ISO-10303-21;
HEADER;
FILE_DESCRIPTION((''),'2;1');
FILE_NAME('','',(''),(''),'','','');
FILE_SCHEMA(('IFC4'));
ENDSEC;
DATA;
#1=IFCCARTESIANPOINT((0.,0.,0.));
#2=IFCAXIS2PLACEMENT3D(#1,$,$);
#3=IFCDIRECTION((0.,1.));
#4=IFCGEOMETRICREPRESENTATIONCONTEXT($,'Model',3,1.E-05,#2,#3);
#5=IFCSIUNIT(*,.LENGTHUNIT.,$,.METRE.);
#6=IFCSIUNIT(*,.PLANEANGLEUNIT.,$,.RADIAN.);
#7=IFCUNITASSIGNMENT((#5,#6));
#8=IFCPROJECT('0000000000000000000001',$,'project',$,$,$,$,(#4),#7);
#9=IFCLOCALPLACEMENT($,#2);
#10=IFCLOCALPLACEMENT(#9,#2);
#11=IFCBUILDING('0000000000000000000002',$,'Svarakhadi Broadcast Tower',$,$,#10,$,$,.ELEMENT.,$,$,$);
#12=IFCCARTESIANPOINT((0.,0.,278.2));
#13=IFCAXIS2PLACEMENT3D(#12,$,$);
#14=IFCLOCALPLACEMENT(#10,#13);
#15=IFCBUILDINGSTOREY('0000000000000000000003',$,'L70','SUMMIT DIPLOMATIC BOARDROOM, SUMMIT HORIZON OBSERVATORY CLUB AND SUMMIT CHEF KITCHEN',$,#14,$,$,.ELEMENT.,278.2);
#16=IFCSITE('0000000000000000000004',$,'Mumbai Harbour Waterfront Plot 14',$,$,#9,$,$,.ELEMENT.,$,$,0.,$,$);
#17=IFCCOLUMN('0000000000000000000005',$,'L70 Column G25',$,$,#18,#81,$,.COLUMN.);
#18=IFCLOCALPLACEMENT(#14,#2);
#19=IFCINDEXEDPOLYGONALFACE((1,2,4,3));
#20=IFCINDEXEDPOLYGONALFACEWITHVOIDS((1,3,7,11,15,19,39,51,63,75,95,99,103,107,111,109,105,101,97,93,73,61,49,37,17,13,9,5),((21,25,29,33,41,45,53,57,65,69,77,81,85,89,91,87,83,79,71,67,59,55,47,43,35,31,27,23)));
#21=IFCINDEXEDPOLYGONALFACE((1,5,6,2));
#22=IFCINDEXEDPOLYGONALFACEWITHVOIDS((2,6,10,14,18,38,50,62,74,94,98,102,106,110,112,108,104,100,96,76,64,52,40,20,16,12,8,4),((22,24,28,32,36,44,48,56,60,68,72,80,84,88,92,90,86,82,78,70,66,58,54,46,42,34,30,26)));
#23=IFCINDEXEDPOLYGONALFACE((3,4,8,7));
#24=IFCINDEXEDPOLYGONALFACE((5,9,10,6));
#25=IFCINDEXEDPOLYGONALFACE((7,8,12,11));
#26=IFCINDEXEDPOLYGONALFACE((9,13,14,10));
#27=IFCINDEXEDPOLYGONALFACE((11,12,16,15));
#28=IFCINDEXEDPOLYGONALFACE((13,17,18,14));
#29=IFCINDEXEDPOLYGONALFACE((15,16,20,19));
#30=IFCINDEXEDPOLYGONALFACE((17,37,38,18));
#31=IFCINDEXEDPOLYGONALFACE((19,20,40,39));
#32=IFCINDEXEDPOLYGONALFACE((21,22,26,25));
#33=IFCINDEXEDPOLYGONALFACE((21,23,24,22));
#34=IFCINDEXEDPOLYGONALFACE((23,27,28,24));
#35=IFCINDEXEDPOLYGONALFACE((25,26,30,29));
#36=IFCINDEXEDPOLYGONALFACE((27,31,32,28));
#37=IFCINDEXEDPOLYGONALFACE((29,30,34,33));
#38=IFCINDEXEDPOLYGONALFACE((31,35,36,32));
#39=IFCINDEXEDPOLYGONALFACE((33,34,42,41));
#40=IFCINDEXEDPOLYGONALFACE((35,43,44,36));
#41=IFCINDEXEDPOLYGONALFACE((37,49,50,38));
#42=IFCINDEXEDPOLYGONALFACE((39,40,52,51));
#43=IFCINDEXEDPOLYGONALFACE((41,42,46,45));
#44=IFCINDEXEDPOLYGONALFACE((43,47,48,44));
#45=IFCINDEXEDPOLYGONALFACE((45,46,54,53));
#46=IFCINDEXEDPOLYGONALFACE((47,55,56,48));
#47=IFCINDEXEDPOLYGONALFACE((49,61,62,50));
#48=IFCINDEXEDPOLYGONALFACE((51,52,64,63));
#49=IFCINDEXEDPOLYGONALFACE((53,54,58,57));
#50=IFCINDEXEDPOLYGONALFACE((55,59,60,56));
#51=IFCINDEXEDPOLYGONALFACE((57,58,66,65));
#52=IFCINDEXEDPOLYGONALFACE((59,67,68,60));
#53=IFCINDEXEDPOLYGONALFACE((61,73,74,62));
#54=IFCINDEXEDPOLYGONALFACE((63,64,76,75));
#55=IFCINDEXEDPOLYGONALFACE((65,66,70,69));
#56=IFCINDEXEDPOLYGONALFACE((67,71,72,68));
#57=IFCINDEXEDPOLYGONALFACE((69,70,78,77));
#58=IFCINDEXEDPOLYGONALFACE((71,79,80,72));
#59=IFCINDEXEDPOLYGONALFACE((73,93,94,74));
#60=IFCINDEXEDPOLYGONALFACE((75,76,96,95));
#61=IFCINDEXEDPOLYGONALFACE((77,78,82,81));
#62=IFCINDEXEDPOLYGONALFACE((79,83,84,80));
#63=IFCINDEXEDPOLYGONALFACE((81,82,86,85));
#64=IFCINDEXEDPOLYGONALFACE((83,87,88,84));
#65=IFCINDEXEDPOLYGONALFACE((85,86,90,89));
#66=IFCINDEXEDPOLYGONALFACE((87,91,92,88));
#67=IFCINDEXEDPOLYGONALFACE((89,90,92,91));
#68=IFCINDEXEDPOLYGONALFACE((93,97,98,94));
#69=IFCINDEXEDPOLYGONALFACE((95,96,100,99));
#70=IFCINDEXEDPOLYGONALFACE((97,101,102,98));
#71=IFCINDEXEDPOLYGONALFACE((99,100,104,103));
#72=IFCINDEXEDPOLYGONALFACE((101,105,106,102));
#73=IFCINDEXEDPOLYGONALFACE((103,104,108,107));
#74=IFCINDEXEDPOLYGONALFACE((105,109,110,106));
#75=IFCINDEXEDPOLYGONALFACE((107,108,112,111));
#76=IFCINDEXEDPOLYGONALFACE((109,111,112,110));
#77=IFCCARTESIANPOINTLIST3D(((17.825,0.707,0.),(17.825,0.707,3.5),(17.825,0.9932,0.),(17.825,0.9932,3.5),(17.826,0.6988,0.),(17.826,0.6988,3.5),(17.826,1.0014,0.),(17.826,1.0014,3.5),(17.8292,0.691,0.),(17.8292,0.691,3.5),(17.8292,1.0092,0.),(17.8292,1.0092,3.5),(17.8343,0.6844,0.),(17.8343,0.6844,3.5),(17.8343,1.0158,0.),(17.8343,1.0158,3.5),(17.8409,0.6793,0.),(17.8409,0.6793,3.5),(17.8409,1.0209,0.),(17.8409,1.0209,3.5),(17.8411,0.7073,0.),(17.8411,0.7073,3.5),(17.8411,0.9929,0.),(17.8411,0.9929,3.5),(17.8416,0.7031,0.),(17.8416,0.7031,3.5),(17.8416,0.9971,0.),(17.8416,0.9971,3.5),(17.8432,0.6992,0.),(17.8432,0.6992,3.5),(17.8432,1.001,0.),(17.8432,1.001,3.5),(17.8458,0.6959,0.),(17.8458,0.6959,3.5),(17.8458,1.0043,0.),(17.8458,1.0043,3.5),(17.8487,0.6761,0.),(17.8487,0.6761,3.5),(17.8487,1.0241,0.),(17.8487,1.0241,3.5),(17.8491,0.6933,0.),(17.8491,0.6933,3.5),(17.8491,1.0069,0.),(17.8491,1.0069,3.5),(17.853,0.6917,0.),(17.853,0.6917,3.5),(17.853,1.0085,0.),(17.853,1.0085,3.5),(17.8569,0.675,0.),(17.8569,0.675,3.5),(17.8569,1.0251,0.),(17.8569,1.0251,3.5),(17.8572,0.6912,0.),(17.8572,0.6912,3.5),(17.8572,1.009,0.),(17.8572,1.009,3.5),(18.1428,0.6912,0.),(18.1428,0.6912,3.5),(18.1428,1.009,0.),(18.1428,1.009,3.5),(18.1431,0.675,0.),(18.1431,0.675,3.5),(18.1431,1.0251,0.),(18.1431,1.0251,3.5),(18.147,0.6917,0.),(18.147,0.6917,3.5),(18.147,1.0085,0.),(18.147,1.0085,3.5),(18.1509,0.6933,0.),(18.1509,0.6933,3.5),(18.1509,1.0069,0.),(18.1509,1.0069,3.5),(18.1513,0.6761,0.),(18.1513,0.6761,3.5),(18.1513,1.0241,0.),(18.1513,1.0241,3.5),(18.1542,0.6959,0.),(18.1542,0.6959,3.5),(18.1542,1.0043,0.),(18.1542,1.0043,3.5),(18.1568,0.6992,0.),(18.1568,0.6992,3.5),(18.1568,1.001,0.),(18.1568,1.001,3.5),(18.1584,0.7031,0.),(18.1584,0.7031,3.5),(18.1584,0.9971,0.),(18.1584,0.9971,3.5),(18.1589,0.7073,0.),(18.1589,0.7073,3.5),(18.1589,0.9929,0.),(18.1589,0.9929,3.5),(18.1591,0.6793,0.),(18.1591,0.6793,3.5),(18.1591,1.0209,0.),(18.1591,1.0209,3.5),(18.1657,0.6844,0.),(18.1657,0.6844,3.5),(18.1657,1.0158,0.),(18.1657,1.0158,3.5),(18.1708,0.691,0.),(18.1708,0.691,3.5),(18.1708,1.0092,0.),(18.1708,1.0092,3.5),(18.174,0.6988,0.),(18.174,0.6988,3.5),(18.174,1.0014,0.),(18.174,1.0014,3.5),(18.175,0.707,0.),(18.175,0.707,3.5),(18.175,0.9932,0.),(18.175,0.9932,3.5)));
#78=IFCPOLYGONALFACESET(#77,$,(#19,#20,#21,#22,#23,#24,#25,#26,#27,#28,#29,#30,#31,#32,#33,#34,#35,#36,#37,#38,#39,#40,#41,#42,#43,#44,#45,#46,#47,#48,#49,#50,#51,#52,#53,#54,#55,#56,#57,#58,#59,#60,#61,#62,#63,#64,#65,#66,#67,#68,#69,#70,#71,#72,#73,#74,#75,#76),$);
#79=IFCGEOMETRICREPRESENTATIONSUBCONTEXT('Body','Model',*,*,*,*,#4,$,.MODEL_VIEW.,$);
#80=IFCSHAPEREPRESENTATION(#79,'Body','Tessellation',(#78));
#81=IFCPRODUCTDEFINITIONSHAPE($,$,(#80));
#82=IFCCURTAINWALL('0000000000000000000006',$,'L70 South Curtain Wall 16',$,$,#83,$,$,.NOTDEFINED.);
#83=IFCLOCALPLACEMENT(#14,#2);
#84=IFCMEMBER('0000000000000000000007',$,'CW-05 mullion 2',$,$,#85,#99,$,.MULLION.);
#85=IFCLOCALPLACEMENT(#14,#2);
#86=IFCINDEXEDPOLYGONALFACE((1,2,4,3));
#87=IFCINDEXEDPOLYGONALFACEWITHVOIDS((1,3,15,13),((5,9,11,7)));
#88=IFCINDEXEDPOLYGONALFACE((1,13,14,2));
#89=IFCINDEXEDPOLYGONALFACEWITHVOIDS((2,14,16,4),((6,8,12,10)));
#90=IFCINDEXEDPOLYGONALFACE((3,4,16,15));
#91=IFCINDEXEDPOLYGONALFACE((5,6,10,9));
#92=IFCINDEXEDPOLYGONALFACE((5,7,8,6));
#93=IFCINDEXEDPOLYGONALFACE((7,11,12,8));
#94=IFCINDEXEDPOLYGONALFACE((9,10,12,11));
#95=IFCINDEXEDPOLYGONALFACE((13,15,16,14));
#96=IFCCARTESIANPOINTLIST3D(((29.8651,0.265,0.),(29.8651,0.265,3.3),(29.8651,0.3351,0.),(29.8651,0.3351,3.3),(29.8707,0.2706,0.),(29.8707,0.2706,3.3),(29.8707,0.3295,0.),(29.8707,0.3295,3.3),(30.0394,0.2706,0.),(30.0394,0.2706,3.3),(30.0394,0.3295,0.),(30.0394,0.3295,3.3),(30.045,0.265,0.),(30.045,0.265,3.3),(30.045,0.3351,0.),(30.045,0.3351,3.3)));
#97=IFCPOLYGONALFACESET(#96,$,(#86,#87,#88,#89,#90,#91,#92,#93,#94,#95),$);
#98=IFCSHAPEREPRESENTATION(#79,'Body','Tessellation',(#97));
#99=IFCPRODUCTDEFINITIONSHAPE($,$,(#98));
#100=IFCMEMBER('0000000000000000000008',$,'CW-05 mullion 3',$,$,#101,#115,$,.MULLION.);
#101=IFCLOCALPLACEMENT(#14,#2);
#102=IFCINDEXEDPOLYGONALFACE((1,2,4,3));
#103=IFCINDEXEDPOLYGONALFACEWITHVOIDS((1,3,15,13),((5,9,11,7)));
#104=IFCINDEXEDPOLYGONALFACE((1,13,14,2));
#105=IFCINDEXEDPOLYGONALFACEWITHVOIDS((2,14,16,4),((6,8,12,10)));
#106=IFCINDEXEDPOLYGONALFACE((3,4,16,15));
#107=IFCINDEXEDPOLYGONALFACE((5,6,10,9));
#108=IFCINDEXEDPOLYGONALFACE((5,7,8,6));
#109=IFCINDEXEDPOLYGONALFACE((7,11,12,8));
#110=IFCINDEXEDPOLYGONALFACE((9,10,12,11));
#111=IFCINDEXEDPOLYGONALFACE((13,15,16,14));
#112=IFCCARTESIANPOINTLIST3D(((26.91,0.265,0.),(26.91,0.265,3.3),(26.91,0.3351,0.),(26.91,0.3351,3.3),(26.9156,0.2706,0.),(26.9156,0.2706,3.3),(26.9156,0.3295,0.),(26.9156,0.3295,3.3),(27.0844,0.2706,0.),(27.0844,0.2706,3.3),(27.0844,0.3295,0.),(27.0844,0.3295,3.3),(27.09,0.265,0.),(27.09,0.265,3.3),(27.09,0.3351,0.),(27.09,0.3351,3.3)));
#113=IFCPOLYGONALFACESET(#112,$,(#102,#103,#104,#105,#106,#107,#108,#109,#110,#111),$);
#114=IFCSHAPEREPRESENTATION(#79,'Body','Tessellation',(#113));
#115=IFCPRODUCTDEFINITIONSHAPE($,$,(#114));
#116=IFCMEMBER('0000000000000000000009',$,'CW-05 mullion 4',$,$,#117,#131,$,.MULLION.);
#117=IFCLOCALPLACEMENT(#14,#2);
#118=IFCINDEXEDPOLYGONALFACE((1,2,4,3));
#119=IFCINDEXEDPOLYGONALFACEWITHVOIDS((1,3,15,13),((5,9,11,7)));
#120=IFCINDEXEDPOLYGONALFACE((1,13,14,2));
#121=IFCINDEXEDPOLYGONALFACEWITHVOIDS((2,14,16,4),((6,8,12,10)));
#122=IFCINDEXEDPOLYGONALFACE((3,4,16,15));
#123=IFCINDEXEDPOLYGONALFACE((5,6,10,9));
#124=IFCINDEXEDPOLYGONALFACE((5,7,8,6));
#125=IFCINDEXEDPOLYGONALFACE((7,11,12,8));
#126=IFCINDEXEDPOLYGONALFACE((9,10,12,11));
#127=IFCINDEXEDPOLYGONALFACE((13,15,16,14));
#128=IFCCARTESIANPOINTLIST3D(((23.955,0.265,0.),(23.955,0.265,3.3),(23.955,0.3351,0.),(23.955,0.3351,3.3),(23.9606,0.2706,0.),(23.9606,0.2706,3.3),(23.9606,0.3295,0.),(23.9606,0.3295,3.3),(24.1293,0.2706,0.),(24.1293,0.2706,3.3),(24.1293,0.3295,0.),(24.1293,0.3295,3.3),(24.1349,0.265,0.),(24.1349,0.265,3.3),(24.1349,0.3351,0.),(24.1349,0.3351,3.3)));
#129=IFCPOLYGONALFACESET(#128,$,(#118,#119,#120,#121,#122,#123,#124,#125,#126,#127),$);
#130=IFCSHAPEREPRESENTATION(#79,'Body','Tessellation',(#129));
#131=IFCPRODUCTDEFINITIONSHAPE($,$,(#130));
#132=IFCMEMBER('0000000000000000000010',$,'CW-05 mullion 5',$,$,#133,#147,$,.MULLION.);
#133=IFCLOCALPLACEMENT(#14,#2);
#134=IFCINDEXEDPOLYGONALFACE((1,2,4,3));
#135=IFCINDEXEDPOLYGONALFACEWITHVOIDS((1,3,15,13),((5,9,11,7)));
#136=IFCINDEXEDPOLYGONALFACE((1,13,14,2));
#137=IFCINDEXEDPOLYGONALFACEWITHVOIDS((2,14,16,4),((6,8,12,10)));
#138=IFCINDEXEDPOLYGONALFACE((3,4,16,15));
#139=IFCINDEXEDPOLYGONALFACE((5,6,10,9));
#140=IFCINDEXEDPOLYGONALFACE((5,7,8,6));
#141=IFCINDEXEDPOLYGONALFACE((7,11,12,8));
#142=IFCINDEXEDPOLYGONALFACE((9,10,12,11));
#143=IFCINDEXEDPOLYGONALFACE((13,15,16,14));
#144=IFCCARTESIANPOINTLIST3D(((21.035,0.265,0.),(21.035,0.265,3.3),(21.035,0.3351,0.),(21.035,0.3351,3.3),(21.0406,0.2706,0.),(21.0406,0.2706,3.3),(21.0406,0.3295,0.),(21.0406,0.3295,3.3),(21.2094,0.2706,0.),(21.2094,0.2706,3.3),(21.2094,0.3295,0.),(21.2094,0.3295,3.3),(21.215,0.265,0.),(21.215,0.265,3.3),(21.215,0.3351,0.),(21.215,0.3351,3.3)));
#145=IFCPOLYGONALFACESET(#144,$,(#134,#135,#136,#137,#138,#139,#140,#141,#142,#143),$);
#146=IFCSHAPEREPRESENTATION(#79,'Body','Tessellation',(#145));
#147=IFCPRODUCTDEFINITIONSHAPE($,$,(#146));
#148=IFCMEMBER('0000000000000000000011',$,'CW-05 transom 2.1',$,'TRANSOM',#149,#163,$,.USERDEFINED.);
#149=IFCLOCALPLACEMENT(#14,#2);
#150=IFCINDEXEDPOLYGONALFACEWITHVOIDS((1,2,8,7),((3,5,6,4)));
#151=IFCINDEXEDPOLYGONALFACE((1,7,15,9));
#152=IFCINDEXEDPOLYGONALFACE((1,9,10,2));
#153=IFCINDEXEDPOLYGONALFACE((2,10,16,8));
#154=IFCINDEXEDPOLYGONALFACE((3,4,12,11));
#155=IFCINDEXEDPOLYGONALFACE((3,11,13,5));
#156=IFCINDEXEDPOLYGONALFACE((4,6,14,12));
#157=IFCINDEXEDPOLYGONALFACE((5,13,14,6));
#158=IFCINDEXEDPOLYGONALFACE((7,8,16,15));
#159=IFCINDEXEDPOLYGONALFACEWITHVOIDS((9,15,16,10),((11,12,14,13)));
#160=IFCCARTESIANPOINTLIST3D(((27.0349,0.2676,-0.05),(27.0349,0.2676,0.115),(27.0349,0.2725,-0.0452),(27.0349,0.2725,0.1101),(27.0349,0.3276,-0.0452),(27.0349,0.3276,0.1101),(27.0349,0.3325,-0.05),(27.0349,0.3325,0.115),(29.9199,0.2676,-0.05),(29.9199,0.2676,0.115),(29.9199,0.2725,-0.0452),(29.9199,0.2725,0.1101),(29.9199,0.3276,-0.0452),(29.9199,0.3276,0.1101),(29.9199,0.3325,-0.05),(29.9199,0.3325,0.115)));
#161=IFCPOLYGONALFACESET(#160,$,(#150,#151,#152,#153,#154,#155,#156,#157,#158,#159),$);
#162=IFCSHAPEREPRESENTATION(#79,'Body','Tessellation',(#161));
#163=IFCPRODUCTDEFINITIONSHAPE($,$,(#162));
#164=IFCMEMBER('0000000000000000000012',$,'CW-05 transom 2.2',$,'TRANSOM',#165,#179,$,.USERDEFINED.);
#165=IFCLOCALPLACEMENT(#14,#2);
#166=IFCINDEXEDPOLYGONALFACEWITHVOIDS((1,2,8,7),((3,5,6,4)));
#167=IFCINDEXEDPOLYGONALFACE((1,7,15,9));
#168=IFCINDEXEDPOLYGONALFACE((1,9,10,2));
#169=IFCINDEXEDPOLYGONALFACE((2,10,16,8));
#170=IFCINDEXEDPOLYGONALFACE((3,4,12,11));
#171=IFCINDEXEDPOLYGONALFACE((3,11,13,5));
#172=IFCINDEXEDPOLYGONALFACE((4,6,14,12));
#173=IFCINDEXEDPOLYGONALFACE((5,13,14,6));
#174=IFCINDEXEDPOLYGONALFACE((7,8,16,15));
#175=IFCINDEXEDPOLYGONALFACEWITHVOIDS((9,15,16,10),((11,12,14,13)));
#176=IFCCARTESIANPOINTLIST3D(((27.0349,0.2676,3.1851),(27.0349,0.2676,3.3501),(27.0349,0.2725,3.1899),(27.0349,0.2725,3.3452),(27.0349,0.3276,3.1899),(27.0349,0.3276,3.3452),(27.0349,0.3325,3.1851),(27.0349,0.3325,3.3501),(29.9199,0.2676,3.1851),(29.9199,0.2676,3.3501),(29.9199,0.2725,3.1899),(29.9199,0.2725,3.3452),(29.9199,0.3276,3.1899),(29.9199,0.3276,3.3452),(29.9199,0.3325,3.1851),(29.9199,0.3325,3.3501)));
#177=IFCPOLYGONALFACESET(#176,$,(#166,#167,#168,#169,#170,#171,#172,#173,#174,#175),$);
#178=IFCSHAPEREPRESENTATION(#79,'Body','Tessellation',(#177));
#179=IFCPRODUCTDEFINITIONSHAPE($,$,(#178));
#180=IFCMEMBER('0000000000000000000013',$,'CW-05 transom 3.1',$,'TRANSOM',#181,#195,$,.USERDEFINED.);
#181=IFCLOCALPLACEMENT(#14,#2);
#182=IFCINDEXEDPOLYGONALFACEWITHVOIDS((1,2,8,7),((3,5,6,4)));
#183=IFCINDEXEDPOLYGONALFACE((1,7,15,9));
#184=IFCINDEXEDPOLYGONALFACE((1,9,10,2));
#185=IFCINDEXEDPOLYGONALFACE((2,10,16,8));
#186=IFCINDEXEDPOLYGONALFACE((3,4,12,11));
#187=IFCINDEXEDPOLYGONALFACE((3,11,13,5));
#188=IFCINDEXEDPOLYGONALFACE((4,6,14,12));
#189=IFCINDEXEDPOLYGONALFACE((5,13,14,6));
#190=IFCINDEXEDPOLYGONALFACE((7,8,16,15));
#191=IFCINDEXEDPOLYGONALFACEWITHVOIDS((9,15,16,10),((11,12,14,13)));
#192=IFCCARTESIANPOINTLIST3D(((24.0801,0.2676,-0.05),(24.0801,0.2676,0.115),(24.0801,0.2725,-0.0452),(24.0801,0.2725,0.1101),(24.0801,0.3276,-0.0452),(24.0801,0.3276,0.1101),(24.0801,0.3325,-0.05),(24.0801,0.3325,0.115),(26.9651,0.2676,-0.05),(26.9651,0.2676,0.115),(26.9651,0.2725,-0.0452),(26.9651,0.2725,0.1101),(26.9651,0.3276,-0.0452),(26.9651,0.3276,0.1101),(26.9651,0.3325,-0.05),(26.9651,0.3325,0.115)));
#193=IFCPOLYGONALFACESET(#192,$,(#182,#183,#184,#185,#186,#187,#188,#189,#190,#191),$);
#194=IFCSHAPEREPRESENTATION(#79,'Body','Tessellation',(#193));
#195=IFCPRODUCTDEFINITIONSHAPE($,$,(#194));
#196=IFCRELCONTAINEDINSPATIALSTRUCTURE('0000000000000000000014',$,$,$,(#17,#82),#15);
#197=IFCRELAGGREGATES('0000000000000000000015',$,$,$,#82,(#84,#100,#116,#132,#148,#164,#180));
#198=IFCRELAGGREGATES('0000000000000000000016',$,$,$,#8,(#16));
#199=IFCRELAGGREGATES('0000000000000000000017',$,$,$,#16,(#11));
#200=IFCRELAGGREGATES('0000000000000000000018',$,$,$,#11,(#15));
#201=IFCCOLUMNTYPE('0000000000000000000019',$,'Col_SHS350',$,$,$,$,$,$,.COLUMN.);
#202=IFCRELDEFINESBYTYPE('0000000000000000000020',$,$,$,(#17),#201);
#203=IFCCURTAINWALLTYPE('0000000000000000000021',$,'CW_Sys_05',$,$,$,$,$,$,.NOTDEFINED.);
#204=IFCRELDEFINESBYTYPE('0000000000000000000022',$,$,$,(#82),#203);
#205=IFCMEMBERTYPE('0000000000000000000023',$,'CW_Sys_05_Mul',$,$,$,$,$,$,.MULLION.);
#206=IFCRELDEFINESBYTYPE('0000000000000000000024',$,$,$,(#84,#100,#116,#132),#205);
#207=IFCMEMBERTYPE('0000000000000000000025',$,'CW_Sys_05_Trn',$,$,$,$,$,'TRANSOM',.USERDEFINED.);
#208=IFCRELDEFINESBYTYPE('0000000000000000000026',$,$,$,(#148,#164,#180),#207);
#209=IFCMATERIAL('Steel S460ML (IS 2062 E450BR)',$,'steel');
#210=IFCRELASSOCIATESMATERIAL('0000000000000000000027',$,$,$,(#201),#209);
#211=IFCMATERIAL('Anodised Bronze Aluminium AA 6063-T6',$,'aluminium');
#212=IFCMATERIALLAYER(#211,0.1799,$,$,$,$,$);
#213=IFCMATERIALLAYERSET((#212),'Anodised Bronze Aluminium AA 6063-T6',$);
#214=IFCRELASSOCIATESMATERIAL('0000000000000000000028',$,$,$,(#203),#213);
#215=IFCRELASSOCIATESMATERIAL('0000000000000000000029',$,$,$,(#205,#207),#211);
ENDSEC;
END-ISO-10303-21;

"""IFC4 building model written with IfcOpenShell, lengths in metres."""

from ifc_helpers import new_model, si_unit, direction, frame, origin, origin_2d, place, context, subcontext, project, spatial, hollow_rectangle, extrude, material, layer, layer_set, material_profile, profile_set, type_object, element, aggregate, save


model = new_model("IFC4")

# Units and contexts
model_context = context("Model", 3, precision=1e-05, world=origin(), true_north=direction((0.0, 1.0)))
body_context = subcontext(model_context, "Body", "Model", "MODEL_VIEW")
ifc_project = project(units=[si_unit("LENGTHUNIT", "METRE"), si_unit("PLANEANGLEUNIT", "RADIAN")], contexts=[model_context])

# Site, building, storey
site_placement = place(None, origin())
site = spatial("IfcSite", under=ifc_project, at=site_placement, Name="Mumbai Harbour Waterfront Plot 14", CompositionType="ELEMENT", RefElevation=0.0)
building_placement = place(site_placement, origin())
building = spatial("IfcBuilding", under=site, at=building_placement, Name="Svarakhadi Broadcast Tower", CompositionType="ELEMENT")
storey_placement = place(building_placement, frame((0.0, 0.0, 278.2)))
storey = spatial("IfcBuildingStorey", under=building, at=storey_placement, Name="L70", Description="SUMMIT DIPLOMATIC BOARDROOM, SUMMIT HORIZON OBSERVATORY CLUB AND SUMMIT CHEF KITCHEN", CompositionType="ELEMENT", Elevation=278.2)

# Column
ifc_material_1 = material(Name="Steel S460ML (IS 2062 E450BR)", Category="steel")
ifc_material_profile_1 = material_profile(ifc_material_1, hollow_rectangle(XDim=0.3501, YDim=0.3501, WallThickness=0.0161, InnerFilletRadius=0.0161, OuterFilletRadius=0.032, at=origin_2d()), Name="SHS 350x350x16")
ifc_profile_set_1 = profile_set([ifc_material_profile_1], Name="Steel S460ML (IS 2062 E450BR)")
column_type = type_object("IfcColumnType", Name="Col_SHS350", PredefinedType="COLUMN", material=ifc_profile_set_1)
column_placement = place(storey_placement, frame((18.0, 0.8501, 0.0), z_axis=(0.0, 0.0, 1.0), x_axis=(1.0, 0.0, 0.0)))
element("IfcColumn", 1, at=column_placement, inside=storey, type_object=column_type, Name="L70 Column G25", PredefinedType="COLUMN", context=body_context, shape_type="SweptSolid", body=[
    extrude(hollow_rectangle(XDim=0.3501, YDim=0.3501, WallThickness=0.0161, InnerFilletRadius=0.0161, OuterFilletRadius=0.032, at=origin_2d()), origin(), (0.0, 0.0, 1.0), 3.5),
])

# Curtain wall, members
ifc_material_2 = material(Name="Anodised Bronze Aluminium AA 6063-T6", Category="aluminium")
ifc_layer_1 = layer(ifc_material_2, 0.1799)
ifc_layer_set_1 = layer_set([ifc_layer_1], Name="Anodised Bronze Aluminium AA 6063-T6")
curtain_wall_type = type_object("IfcCurtainWallType", Name="CW_Sys_05", PredefinedType="NOTDEFINED", material=ifc_layer_set_1)
curtain_wall_placement = place(storey_placement, origin())
curtain_wall = element("IfcCurtainWall", 2, at=curtain_wall_placement, inside=storey, type_object=curtain_wall_type, Name="L70 South Curtain Wall 16", PredefinedType="NOTDEFINED")
ifc_material_profile_2 = material_profile(ifc_material_2, hollow_rectangle(XDim=0.0701, YDim=0.1799, WallThickness=0.0056, at=origin_2d()), Name="ALU MULLION 180x70x6")
ifc_profile_set_2 = profile_set([ifc_material_profile_2], Name="Anodised Bronze Aluminium AA 6063-T6")
member_type_1 = type_object("IfcMemberType", Name="CW_Sys_05_Mul", PredefinedType="MULLION", material=ifc_profile_set_2)
member_1_placement = place(storey_placement, frame((29.9551, 0.3, 0.0), z_axis=(0.0, 0.0, 1.0), x_axis=(0.0, -1.0, 0.0)))
member_1 = element("IfcMember", 3, at=member_1_placement, type_object=member_type_1, Name="CW-05 mullion 2", PredefinedType="MULLION", context=body_context, shape_type="SweptSolid", body=[
    extrude(hollow_rectangle(XDim=0.0701, YDim=0.1799, WallThickness=0.0056, at=origin_2d()), origin(), (0.0, 0.0, 1.0), 3.3),
])
member_2_placement = place(storey_placement, frame((27.0, 0.3, 0.0), z_axis=(0.0, 0.0, 1.0), x_axis=(0.0, -1.0, 0.0)))
member_2 = element("IfcMember", 4, at=member_2_placement, type_object=member_type_1, Name="CW-05 mullion 3", PredefinedType="MULLION", context=body_context, shape_type="SweptSolid", body=[
    extrude(hollow_rectangle(XDim=0.0701, YDim=0.1799, WallThickness=0.0056, at=origin_2d()), origin(), (0.0, 0.0, 1.0), 3.3),
])
member_3_placement = place(storey_placement, frame((24.0449, 0.3, 0.0), z_axis=(0.0, 0.0, 1.0), x_axis=(0.0, -1.0, 0.0)))
member_3 = element("IfcMember", 5, at=member_3_placement, type_object=member_type_1, Name="CW-05 mullion 4", PredefinedType="MULLION", context=body_context, shape_type="SweptSolid", body=[
    extrude(hollow_rectangle(XDim=0.0701, YDim=0.1799, WallThickness=0.0056, at=origin_2d()), origin(), (0.0, 0.0, 1.0), 3.3),
])
member_4_placement = place(storey_placement, frame((21.125, 0.3, 0.0), z_axis=(0.0, 0.0, 1.0), x_axis=(0.0, -1.0, 0.0)))
member_4 = element("IfcMember", 6, at=member_4_placement, type_object=member_type_1, Name="CW-05 mullion 5", PredefinedType="MULLION", context=body_context, shape_type="SweptSolid", body=[
    extrude(hollow_rectangle(XDim=0.0701, YDim=0.1799, WallThickness=0.0056, at=origin_2d()), origin(), (0.0, 0.0, 1.0), 3.3),
])
ifc_material_profile_3 = material_profile(ifc_material_2, hollow_rectangle(XDim=0.0649, YDim=0.165, WallThickness=0.0049, at=origin_2d()), Name="ALU TRANSOM 165x65x5")
ifc_profile_set_3 = profile_set([ifc_material_profile_3], Name="Anodised Bronze Aluminium AA 6063-T6")
member_type_2 = type_object("IfcMemberType", Name="CW_Sys_05_Trn", ElementType="TRANSOM", PredefinedType="USERDEFINED", material=ifc_profile_set_3)
member_5_placement = place(storey_placement, frame((29.9199, 0.3, 0.0325), z_axis=(-1.0, 0.0, 0.0), x_axis=(0.0, -1.0, 0.0)))
member_5 = element("IfcMember", 7, at=member_5_placement, type_object=member_type_2, Name="CW-05 transom 2.1", ObjectType="TRANSOM", PredefinedType="USERDEFINED", context=body_context, shape_type="SweptSolid", body=[
    extrude(hollow_rectangle(XDim=0.0649, YDim=0.165, WallThickness=0.0049, at=origin_2d()), origin(), (0.0, 0.0, 1.0), 2.885),
])
member_6_placement = place(storey_placement, frame((29.9199, 0.3, 3.2676), z_axis=(-1.0, 0.0, 0.0), x_axis=(0.0, -1.0, 0.0)))
member_6 = element("IfcMember", 8, at=member_6_placement, type_object=member_type_2, Name="CW-05 transom 2.2", ObjectType="TRANSOM", PredefinedType="USERDEFINED", context=body_context, shape_type="SweptSolid", body=[
    extrude(hollow_rectangle(XDim=0.0649, YDim=0.165, WallThickness=0.0049, at=origin_2d()), origin(), (0.0, 0.0, 1.0), 2.885),
])
member_7_placement = place(storey_placement, frame((26.9651, 0.3, 0.0325), z_axis=(-1.0, 0.0, 0.0), x_axis=(0.0, -1.0, 0.0)))
member_7 = element("IfcMember", 9, at=member_7_placement, type_object=member_type_2, Name="CW-05 transom 3.1", ObjectType="TRANSOM", PredefinedType="USERDEFINED", context=body_context, shape_type="SweptSolid", body=[
    extrude(hollow_rectangle(XDim=0.0649, YDim=0.165, WallThickness=0.0049, at=origin_2d()), origin(), (0.0, 0.0, 1.0), 2.885),
])

aggregate(curtain_wall, [member_1, member_2, member_3, member_4, member_5, member_6, member_7])

save(model, "model.ifc")
